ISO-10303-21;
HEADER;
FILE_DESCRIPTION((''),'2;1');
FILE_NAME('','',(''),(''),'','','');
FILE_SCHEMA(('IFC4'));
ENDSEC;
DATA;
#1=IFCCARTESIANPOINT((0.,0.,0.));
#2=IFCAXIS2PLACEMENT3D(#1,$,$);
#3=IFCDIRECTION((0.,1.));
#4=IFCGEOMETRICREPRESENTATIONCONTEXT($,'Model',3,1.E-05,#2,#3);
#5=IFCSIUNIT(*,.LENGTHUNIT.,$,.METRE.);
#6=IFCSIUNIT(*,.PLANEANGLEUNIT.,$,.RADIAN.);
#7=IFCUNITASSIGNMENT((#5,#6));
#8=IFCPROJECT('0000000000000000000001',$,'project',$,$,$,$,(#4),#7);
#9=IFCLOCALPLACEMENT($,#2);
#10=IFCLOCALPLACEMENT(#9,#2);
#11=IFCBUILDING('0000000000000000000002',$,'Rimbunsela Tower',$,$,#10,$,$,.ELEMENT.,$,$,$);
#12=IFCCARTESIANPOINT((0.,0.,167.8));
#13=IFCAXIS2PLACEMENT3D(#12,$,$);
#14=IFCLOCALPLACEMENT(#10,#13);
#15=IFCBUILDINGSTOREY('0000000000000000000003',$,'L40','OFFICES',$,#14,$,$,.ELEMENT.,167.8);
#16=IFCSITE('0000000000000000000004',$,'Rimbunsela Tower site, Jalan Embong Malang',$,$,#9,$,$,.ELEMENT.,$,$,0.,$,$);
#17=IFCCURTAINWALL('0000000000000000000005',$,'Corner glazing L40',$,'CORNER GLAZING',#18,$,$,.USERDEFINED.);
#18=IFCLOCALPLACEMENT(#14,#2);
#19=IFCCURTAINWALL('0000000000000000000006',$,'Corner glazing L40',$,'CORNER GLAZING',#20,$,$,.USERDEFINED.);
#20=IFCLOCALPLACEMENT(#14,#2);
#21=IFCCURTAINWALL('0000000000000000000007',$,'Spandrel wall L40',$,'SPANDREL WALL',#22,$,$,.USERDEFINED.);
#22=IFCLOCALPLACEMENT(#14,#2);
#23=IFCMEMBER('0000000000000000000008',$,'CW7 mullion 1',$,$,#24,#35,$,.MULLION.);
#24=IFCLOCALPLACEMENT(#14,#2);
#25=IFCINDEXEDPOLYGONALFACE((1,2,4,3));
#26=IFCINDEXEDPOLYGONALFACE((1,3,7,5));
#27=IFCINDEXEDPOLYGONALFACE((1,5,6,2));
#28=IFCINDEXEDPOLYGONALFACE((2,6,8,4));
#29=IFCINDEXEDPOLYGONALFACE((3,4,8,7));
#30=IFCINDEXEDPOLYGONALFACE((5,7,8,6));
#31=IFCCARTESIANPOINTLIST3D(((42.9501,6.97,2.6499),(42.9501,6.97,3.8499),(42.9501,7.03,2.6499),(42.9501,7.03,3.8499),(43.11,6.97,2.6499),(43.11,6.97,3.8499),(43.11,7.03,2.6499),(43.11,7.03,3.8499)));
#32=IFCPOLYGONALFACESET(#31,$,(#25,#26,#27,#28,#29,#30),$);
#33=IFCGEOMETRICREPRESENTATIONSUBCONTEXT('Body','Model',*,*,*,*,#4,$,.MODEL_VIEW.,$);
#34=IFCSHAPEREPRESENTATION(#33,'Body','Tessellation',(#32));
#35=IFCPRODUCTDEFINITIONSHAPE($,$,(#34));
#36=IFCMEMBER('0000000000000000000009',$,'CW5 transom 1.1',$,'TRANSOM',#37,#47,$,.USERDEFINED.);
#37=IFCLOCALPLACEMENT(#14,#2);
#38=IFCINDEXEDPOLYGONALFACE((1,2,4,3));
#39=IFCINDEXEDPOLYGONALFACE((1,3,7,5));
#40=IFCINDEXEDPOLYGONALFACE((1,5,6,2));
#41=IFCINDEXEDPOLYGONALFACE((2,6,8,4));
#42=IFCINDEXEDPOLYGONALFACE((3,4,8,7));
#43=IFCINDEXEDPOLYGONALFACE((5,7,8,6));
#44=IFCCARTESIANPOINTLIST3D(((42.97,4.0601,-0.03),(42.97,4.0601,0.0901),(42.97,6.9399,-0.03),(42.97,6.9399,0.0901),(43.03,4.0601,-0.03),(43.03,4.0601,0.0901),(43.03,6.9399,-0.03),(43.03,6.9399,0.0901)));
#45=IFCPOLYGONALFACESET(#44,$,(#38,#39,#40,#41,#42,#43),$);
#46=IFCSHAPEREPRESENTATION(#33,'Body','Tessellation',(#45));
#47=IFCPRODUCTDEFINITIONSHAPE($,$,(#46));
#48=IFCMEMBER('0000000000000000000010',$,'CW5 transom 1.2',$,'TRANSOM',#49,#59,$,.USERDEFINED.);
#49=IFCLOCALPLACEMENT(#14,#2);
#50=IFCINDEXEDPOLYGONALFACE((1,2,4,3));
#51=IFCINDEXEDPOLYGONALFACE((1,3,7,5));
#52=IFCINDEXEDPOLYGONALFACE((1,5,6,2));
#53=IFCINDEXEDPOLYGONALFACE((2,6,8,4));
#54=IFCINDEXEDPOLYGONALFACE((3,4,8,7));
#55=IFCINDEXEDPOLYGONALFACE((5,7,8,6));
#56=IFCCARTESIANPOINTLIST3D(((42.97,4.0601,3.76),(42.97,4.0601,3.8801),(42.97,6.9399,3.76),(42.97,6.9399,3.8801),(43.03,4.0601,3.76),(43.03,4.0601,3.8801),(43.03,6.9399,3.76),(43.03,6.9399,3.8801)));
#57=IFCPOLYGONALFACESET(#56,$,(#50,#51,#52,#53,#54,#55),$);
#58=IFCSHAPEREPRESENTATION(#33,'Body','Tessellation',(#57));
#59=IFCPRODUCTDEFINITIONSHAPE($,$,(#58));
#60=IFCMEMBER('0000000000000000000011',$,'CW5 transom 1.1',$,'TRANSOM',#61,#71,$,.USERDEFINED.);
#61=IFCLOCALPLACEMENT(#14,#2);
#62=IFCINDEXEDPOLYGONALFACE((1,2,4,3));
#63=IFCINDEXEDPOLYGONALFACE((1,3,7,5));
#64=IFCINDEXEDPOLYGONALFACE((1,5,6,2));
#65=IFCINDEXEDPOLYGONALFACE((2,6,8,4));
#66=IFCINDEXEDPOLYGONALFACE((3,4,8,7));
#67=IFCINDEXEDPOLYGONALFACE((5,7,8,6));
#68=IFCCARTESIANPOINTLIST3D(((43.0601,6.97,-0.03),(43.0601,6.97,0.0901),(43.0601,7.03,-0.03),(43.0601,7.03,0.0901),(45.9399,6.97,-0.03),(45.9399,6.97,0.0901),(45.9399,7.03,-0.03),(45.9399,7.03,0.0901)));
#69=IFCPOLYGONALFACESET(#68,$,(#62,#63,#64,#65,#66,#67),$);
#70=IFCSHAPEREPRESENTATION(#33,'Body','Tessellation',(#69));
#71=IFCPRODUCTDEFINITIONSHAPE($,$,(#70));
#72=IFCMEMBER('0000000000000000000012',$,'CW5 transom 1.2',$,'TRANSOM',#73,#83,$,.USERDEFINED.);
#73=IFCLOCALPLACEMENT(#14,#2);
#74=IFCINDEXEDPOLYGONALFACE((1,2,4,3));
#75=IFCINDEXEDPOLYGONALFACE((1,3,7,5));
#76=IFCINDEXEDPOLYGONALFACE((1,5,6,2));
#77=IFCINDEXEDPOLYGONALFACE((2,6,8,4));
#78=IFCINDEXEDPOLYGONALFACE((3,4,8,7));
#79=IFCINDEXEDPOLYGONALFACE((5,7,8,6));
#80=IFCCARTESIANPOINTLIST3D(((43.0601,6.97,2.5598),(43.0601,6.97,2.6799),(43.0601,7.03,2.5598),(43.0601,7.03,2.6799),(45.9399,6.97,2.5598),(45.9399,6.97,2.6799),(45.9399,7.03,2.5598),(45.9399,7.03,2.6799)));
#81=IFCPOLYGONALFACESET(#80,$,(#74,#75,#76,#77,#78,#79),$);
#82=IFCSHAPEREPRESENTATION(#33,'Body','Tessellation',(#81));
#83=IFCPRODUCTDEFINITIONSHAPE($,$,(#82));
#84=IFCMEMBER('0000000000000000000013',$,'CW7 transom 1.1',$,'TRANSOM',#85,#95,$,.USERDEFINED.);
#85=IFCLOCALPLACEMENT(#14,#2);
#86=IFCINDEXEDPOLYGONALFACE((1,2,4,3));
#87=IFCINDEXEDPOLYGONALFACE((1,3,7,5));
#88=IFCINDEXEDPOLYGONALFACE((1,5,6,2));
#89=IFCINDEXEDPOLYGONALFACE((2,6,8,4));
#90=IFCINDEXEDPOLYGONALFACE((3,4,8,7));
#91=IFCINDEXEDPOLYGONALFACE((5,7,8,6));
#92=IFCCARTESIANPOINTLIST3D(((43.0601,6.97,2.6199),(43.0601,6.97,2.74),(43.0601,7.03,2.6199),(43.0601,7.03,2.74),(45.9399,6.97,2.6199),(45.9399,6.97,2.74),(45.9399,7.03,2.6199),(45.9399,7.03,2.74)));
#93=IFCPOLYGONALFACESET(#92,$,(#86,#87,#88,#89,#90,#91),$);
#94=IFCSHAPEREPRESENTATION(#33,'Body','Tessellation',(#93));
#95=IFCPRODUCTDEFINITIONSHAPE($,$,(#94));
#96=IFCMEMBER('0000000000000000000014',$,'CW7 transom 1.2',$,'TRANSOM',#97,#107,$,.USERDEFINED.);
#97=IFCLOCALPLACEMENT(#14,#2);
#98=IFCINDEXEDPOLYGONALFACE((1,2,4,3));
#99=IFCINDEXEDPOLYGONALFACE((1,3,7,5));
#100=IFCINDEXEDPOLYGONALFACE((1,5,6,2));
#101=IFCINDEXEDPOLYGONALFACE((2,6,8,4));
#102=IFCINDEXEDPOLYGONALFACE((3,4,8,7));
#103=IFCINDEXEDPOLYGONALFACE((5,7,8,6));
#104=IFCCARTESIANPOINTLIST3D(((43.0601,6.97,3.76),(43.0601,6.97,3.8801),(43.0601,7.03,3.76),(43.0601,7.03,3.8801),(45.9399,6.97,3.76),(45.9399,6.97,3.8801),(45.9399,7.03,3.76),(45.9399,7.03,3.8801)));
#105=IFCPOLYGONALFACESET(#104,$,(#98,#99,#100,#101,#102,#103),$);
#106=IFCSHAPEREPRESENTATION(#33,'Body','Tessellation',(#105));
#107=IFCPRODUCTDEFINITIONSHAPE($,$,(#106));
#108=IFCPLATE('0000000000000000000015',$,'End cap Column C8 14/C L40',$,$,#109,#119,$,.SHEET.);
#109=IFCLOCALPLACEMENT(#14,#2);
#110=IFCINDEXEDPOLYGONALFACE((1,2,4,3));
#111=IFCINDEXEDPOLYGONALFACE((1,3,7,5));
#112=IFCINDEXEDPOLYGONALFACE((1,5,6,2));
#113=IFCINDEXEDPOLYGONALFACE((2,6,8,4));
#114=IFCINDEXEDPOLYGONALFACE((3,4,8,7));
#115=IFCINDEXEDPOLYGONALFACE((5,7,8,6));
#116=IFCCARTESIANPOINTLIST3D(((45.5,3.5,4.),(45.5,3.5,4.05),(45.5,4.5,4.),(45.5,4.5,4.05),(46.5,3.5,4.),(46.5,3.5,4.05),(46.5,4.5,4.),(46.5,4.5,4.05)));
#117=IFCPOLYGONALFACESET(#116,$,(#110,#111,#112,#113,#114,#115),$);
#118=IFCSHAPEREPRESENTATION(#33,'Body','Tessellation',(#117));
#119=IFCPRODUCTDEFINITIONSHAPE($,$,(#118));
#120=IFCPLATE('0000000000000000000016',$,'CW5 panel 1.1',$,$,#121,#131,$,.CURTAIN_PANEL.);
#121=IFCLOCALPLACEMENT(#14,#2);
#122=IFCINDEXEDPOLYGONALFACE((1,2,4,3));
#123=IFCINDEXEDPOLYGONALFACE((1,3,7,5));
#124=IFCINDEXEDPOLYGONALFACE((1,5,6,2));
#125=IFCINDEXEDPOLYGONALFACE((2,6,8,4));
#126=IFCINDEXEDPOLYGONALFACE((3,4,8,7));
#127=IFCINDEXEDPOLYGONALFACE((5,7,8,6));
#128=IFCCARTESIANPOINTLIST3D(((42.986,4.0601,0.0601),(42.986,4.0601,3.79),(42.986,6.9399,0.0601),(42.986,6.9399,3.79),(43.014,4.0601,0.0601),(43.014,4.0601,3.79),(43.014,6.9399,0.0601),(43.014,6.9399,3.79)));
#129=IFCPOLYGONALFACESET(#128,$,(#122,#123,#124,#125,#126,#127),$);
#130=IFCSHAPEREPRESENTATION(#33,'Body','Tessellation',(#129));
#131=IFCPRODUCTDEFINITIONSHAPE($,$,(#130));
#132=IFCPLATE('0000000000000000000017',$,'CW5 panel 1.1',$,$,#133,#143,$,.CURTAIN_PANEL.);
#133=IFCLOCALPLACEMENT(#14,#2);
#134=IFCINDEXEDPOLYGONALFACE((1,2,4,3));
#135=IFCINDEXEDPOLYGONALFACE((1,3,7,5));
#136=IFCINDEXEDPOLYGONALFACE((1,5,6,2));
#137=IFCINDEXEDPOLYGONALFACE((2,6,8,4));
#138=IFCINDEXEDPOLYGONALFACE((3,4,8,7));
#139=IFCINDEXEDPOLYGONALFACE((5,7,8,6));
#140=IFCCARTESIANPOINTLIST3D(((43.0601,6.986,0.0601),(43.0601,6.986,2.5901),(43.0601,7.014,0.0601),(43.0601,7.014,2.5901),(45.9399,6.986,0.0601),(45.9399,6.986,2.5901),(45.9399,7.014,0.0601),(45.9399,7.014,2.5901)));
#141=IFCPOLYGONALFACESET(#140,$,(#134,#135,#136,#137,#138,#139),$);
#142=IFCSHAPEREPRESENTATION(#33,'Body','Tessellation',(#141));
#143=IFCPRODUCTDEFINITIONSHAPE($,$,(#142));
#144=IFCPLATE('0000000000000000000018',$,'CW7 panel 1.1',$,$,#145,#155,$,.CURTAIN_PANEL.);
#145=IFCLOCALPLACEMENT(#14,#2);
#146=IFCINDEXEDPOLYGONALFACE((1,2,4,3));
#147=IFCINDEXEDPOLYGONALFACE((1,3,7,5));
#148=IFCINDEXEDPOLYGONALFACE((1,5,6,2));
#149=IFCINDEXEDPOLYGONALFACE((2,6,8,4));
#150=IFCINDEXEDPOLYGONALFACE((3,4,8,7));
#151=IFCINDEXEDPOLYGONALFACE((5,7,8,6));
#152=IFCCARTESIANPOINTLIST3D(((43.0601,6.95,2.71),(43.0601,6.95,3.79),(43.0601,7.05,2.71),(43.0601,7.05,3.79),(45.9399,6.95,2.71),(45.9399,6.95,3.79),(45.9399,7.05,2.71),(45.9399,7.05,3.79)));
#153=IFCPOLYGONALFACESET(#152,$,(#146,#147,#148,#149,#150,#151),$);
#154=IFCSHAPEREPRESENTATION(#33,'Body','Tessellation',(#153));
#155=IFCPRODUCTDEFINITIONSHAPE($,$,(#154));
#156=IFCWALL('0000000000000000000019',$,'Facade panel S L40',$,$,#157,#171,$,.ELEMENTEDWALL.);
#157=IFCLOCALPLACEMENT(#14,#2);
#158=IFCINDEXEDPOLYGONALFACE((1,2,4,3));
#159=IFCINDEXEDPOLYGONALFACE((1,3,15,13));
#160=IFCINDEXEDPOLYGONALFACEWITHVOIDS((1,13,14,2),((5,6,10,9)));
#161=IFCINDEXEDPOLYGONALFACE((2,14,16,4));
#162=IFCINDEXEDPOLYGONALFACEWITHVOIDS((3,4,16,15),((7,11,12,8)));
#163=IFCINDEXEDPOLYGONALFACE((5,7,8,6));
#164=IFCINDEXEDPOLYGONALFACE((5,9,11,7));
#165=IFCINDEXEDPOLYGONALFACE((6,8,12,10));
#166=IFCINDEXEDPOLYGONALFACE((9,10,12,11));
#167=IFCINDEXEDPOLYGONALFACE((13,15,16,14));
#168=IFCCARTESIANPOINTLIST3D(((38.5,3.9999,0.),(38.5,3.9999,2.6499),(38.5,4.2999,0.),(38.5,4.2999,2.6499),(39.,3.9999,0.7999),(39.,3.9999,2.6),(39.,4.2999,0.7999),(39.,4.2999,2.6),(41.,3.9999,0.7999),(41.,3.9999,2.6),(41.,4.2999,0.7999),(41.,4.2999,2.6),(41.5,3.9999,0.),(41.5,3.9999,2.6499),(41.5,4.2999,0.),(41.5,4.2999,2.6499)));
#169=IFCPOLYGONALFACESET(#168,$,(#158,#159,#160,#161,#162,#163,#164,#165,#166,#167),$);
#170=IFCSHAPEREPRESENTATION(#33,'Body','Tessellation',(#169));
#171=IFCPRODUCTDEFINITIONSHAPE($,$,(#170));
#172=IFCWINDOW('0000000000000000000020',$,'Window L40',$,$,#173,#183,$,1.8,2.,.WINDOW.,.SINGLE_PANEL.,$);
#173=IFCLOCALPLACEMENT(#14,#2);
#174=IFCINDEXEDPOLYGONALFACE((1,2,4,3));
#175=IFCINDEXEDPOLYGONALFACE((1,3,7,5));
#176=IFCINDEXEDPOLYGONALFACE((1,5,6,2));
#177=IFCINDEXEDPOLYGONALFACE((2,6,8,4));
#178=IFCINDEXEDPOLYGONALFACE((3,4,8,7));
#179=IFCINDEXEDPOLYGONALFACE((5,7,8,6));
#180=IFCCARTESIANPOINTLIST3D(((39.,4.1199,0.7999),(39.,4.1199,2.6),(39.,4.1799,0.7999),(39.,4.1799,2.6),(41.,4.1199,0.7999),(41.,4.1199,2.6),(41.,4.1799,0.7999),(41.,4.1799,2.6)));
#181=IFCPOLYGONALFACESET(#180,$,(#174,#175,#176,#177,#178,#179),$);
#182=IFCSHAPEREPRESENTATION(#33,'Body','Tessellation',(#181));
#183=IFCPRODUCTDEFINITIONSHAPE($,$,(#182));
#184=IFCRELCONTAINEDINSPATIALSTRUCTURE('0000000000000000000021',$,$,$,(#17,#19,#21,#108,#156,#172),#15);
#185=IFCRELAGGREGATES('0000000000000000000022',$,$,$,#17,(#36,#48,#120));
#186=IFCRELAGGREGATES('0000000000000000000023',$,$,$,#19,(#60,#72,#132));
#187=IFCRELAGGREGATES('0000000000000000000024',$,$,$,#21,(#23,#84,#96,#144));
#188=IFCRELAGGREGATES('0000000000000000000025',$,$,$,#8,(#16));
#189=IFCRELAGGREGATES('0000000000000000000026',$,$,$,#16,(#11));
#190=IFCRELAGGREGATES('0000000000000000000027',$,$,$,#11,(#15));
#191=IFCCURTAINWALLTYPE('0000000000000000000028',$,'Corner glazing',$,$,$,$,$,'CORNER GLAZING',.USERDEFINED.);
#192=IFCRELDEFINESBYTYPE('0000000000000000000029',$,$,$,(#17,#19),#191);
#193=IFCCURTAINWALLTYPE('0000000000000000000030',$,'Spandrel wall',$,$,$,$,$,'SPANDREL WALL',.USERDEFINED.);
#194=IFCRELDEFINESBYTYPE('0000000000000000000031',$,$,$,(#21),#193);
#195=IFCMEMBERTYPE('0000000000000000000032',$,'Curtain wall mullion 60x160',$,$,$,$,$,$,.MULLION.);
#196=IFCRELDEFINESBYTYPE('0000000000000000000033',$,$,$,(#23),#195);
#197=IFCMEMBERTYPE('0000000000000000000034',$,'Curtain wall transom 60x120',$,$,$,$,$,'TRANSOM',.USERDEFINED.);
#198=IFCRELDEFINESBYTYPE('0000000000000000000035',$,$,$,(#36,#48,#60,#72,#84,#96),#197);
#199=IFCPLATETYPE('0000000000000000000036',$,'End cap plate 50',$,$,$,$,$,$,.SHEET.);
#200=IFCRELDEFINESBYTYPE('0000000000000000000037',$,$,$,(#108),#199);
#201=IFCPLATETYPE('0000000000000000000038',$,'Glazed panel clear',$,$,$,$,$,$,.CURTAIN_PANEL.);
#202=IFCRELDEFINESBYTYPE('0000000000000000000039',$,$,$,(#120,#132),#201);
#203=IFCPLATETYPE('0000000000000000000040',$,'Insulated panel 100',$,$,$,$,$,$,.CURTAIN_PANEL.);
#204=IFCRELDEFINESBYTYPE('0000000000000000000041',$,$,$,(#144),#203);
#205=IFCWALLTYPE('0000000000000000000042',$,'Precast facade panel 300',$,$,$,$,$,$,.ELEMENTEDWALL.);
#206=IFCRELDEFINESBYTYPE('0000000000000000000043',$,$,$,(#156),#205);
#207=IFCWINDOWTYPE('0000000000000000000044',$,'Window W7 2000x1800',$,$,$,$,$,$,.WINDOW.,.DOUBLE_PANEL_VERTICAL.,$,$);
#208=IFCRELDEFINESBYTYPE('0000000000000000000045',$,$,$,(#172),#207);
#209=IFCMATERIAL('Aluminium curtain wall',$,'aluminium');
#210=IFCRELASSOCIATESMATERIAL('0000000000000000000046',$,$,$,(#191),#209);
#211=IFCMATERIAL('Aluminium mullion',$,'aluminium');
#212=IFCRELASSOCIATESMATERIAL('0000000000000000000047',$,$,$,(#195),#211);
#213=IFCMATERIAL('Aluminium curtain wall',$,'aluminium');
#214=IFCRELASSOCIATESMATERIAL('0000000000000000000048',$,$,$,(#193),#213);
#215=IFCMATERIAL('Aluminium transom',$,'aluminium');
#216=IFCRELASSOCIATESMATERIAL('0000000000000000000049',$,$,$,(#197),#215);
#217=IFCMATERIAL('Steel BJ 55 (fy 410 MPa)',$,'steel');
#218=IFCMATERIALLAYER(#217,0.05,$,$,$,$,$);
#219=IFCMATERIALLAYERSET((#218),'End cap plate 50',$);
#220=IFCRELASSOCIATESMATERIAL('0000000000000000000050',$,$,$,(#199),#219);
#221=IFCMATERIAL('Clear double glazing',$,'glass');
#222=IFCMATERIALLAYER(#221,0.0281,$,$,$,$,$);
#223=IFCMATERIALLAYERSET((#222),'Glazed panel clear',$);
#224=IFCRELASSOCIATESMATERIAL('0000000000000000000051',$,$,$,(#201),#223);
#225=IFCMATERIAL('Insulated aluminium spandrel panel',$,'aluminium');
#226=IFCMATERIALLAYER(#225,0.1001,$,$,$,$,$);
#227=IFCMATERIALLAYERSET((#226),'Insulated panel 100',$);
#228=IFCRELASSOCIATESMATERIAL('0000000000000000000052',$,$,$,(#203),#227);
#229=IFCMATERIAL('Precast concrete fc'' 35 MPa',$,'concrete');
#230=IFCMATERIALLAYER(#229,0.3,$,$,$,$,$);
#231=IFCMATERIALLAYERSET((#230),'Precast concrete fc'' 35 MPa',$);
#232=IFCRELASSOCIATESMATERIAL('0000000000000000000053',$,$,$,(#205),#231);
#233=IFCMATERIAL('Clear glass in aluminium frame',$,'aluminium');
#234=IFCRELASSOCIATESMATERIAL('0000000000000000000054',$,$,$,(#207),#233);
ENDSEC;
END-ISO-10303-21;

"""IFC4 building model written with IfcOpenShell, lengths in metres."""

from ifc_helpers import new_model, si_unit, direction, frame, frame_2d, origin, origin_2d, place, context, subcontext, project, spatial, rectangle, extrude, material, layer, layer_set, material_profile, profile_set, type_object, element, fill, aggregate, save


model = new_model("IFC4")

# Units and contexts
model_context = context("Model", 3, precision=1e-05, world=origin(), true_north=direction((0.0, 1.0)))
body_context = subcontext(model_context, "Body", "Model", "MODEL_VIEW")
ifc_project = project(units=[si_unit("LENGTHUNIT", "METRE"), si_unit("PLANEANGLEUNIT", "RADIAN")], contexts=[model_context])

# Site, building, storey
site_placement = place(None, origin())
site = spatial("IfcSite", under=ifc_project, at=site_placement, Name="Rimbunsela Tower site, Jalan Embong Malang", CompositionType="ELEMENT", RefElevation=0.0)
building_placement = place(site_placement, origin())
building = spatial("IfcBuilding", under=site, at=building_placement, Name="Rimbunsela Tower", CompositionType="ELEMENT")
storey_placement = place(building_placement, frame((0.0, 0.0, 167.8)))
storey = spatial("IfcBuildingStorey", under=building, at=storey_placement, Name="L40", Description="OFFICES", CompositionType="ELEMENT", Elevation=167.8)

# Curtain walls
ifc_material_1 = material(Name="Aluminium curtain wall", Category="aluminium")
curtain_wall_type_1 = type_object("IfcCurtainWallType", Name="Corner glazing", ElementType="CORNER GLAZING", PredefinedType="USERDEFINED", material=ifc_material_1)
curtain_wall_1_placement = place(storey_placement, origin())
curtain_wall_1 = element("IfcCurtainWall", 1, at=curtain_wall_1_placement, inside=storey, type_object=curtain_wall_type_1, Name="Corner glazing L40", ObjectType="CORNER GLAZING", PredefinedType="USERDEFINED")
ifc_material_2 = material(Name="Aluminium mullion", Category="aluminium")
ifc_material_profile_1 = material_profile(ifc_material_2, rectangle(XDim=0.0601, YDim=0.1599, at=origin_2d()), Name="Mullion 60x160")
ifc_profile_set_1 = profile_set([ifc_material_profile_1], Name="Aluminium mullion")
member_type_1 = type_object("IfcMemberType", Name="Curtain wall mullion 60x160", PredefinedType="MULLION", material=ifc_profile_set_1)
curtain_wall_2_placement = place(storey_placement, origin())
curtain_wall_2 = element("IfcCurtainWall", 2, at=curtain_wall_2_placement, inside=storey, type_object=curtain_wall_type_1, Name="Corner glazing L40", ObjectType="CORNER GLAZING", PredefinedType="USERDEFINED")

# Curtain wall, member
ifc_material_3 = material(Name="Aluminium curtain wall", Category="aluminium")
curtain_wall_type_2 = type_object("IfcCurtainWallType", Name="Spandrel wall", ElementType="SPANDREL WALL", PredefinedType="USERDEFINED", material=ifc_material_3)
curtain_wall_3_placement = place(storey_placement, origin())
curtain_wall_3 = element("IfcCurtainWall", 3, at=curtain_wall_3_placement, inside=storey, type_object=curtain_wall_type_2, Name="Spandrel wall L40", ObjectType="SPANDREL WALL", PredefinedType="USERDEFINED")
member_1_placement = place(storey_placement, frame((43.03, 7.0, 2.6499), z_axis=(0.0, 0.0, 1.0), x_axis=(0.0, 1.0, 0.0)))
member_1 = element("IfcMember", 4, at=member_1_placement, type_object=member_type_1, Name="CW7 mullion 1", PredefinedType="MULLION", context=body_context, shape_type="SweptSolid", body=[
    extrude(rectangle(XDim=0.0601, YDim=0.1599, at=origin_2d()), origin(), (0.0, 0.0, 1.0), 1.2),
])

# Members
ifc_material_4 = material(Name="Aluminium transom", Category="aluminium")
ifc_material_profile_2 = material_profile(ifc_material_4, rectangle(XDim=0.0601, YDim=0.1201, at=origin_2d()), Name="Transom 60x120")
ifc_profile_set_2 = profile_set([ifc_material_profile_2], Name="Aluminium transom")
member_type_2 = type_object("IfcMemberType", Name="Curtain wall transom 60x120", ElementType="TRANSOM", PredefinedType="USERDEFINED", material=ifc_profile_set_2)
member_2_placement = place(storey_placement, frame((43.0, 4.0601, 0.03), z_axis=(0.0, 1.0, 0.0), x_axis=(-1.0, 0.0, 0.0)))
member_2 = element("IfcMember", 5, at=member_2_placement, type_object=member_type_2, Name="CW5 transom 1.1", ObjectType="TRANSOM", PredefinedType="USERDEFINED", context=body_context, shape_type="SweptSolid", body=[
    extrude(rectangle(XDim=0.0601, YDim=0.1201, at=origin_2d()), origin(), (0.0, 0.0, 1.0), 2.8799),
])
member_3_placement = place(storey_placement, frame((43.0, 4.0601, 3.8201), z_axis=(0.0, 1.0, 0.0), x_axis=(-1.0, 0.0, 0.0)))
member_3 = element("IfcMember", 6, at=member_3_placement, type_object=member_type_2, Name="CW5 transom 1.2", ObjectType="TRANSOM", PredefinedType="USERDEFINED", context=body_context, shape_type="SweptSolid", body=[
    extrude(rectangle(XDim=0.0601, YDim=0.1201, at=origin_2d()), origin(), (0.0, 0.0, 1.0), 2.8799),
])
member_4_placement = place(storey_placement, frame((43.0601, 7.0, 0.03), z_axis=(1.0, 0.0, 0.0), x_axis=(0.0, 1.0, 0.0)))
member_4 = element("IfcMember", 7, at=member_4_placement, type_object=member_type_2, Name="CW5 transom 1.1", ObjectType="TRANSOM", PredefinedType="USERDEFINED", context=body_context, shape_type="SweptSolid", body=[
    extrude(rectangle(XDim=0.0601, YDim=0.1201, at=origin_2d()), origin(), (0.0, 0.0, 1.0), 2.8799),
])
member_5_placement = place(storey_placement, frame((43.0601, 7.0, 2.6199), z_axis=(1.0, 0.0, 0.0), x_axis=(0.0, 1.0, 0.0)))
member_5 = element("IfcMember", 8, at=member_5_placement, type_object=member_type_2, Name="CW5 transom 1.2", ObjectType="TRANSOM", PredefinedType="USERDEFINED", context=body_context, shape_type="SweptSolid", body=[
    extrude(rectangle(XDim=0.0601, YDim=0.1201, at=origin_2d()), origin(), (0.0, 0.0, 1.0), 2.8799),
])
member_6_placement = place(storey_placement, frame((43.0601, 7.0, 2.6799), z_axis=(1.0, 0.0, 0.0), x_axis=(0.0, 1.0, 0.0)))
member_6 = element("IfcMember", 9, at=member_6_placement, type_object=member_type_2, Name="CW7 transom 1.1", ObjectType="TRANSOM", PredefinedType="USERDEFINED", context=body_context, shape_type="SweptSolid", body=[
    extrude(rectangle(XDim=0.0601, YDim=0.1201, at=origin_2d()), origin(), (0.0, 0.0, 1.0), 2.8799),
])
member_7_placement = place(storey_placement, frame((43.0601, 7.0, 3.8201), z_axis=(1.0, 0.0, 0.0), x_axis=(0.0, 1.0, 0.0)))
member_7 = element("IfcMember", 10, at=member_7_placement, type_object=member_type_2, Name="CW7 transom 1.2", ObjectType="TRANSOM", PredefinedType="USERDEFINED", context=body_context, shape_type="SweptSolid", body=[
    extrude(rectangle(XDim=0.0601, YDim=0.1201, at=origin_2d()), origin(), (0.0, 0.0, 1.0), 2.8799),
])

# Plates
ifc_material_5 = material(Name="Steel BJ 55 (fy 410 MPa)", Category="steel")
ifc_layer_1 = layer(ifc_material_5, 0.05)
ifc_layer_set_1 = layer_set([ifc_layer_1], Name="End cap plate 50")
plate_type_1 = type_object("IfcPlateType", Name="End cap plate 50", PredefinedType="SHEET", material=ifc_layer_set_1)
plate_1_placement = place(storey_placement, frame((46.0, 4.0, 4.0), z_axis=(0.0, 0.0, 1.0), x_axis=(1.0, 0.0, 0.0)))
element("IfcPlate", 11, at=plate_1_placement, inside=storey, type_object=plate_type_1, Name="End cap Column C8 14/C L40", PredefinedType="SHEET", context=body_context, shape_type="SweptSolid", body=[
    extrude(rectangle(XDim=1.0, YDim=1.0, at=origin_2d()), origin(), (0.0, 0.0, 1.0), 0.05),
])
ifc_material_6 = material(Name="Clear double glazing", Category="glass")
ifc_layer_2 = layer(ifc_material_6, 0.0281)
ifc_layer_set_2 = layer_set([ifc_layer_2], Name="Glazed panel clear")
plate_type_2 = type_object("IfcPlateType", Name="Glazed panel clear", PredefinedType="CURTAIN_PANEL", material=ifc_layer_set_2)
plate_2_placement = place(storey_placement, frame((43.0, 5.5, 0.0601), z_axis=(0.0, 0.0, 1.0), x_axis=(0.0, 1.0, 0.0)))
plate_2 = element("IfcPlate", 12, at=plate_2_placement, type_object=plate_type_2, Name="CW5 panel 1.1", PredefinedType="CURTAIN_PANEL", context=body_context, shape_type="SweptSolid", body=[
    extrude(rectangle(XDim=2.8799, YDim=0.0281, at=origin_2d()), origin(), (0.0, 0.0, 1.0), 3.73),
])
aggregate(curtain_wall_1, [member_2, member_3, plate_2])
plate_3_placement = place(storey_placement, frame((44.5, 7.0, 0.0601), z_axis=(0.0, 0.0, 1.0), x_axis=(1.0, 0.0, 0.0)))
plate_3 = element("IfcPlate", 13, at=plate_3_placement, type_object=plate_type_2, Name="CW5 panel 1.1", PredefinedType="CURTAIN_PANEL", context=body_context, shape_type="SweptSolid", body=[
    extrude(rectangle(XDim=2.8799, YDim=0.0281, at=origin_2d()), origin(), (0.0, 0.0, 1.0), 2.53),
])
aggregate(curtain_wall_2, [member_4, member_5, plate_3])
ifc_material_7 = material(Name="Insulated aluminium spandrel panel", Category="aluminium")
ifc_layer_3 = layer(ifc_material_7, 0.1001)
ifc_layer_set_3 = layer_set([ifc_layer_3], Name="Insulated panel 100")
plate_type_3 = type_object("IfcPlateType", Name="Insulated panel 100", PredefinedType="CURTAIN_PANEL", material=ifc_layer_set_3)
plate_4_placement = place(storey_placement, frame((44.5, 7.0, 2.71), z_axis=(0.0, 0.0, 1.0), x_axis=(1.0, 0.0, 0.0)))
plate_4 = element("IfcPlate", 14, at=plate_4_placement, type_object=plate_type_3, Name="CW7 panel 1.1", PredefinedType="CURTAIN_PANEL", context=body_context, shape_type="SweptSolid", body=[
    extrude(rectangle(XDim=2.8799, YDim=0.1001, at=origin_2d()), origin(), (0.0, 0.0, 1.0), 1.0801),
])
aggregate(curtain_wall_3, [member_1, member_6, member_7, plate_4])

# Wall, opening, window
ifc_material_8 = material(Name="Precast concrete fc' 35 MPa", Category="concrete")
ifc_layer_4 = layer(ifc_material_8, 0.3)
ifc_layer_set_4 = layer_set([ifc_layer_4], Name="Precast concrete fc' 35 MPa")
wall_type = type_object("IfcWallType", Name="Precast facade panel 300", PredefinedType="ELEMENTEDWALL", material=ifc_layer_set_4)
wall_1_placement = place(storey_placement, frame((38.5, 4.1499, 0.0), z_axis=(0.0, 0.0, 1.0), x_axis=(1.0, 0.0, 0.0)))
wall_1 = element("IfcWall", 15, at=wall_1_placement, inside=storey, type_object=wall_type, Name="Facade panel S L40", PredefinedType="ELEMENTEDWALL", context=body_context, shape_type="SweptSolid", body=[
    extrude(rectangle(XDim=3.0, YDim=0.3, at=frame_2d((1.5, 0.0))), origin(), (0.0, 0.0, 1.0), 2.6499),
])
opening_placement = place(wall_1_placement, frame((0.5, 0.0, 0.8)))
opening = element("IfcOpeningElement", 16, at=opening_placement, cuts=wall_1, PredefinedType="OPENING", context=body_context, shape_type="SweptSolid", body=[
    extrude(rectangle(XDim=2.0, YDim=1.8, at=frame_2d((1.0, 0.8999))), frame((0.0, 0.1599, 0.0), z_axis=(0.0, -1.0, 0.0), x_axis=(1.0, 0.0, 0.0)), (0.0, 0.0, 1.0), 0.3201),
])
ifc_material_9 = material(Name="Clear glass in aluminium frame", Category="aluminium")
window_type = type_object("IfcWindowType", Name="Window W7 2000x1800", PartitioningType="DOUBLE_PANEL_VERTICAL", PredefinedType="WINDOW", material=ifc_material_9)
window_placement = place(opening_placement, origin())
window = element("IfcWindow", 17, at=window_placement, inside=storey, type_object=window_type, Name="Window L40", OverallHeight=1.8, OverallWidth=2.0, PartitioningType="SINGLE_PANEL", PredefinedType="WINDOW", context=body_context, shape_type="SweptSolid", body=[
    extrude(rectangle(XDim=2.0, YDim=1.8, at=frame_2d((1.0, 0.8999))), frame((0.0, 0.03, 0.0), z_axis=(0.0, -1.0, 0.0), x_axis=(1.0, 0.0, 0.0)), (0.0, 0.0, 1.0), 0.0601),
])
fill(opening, window)

save(model, "model.ifc")
